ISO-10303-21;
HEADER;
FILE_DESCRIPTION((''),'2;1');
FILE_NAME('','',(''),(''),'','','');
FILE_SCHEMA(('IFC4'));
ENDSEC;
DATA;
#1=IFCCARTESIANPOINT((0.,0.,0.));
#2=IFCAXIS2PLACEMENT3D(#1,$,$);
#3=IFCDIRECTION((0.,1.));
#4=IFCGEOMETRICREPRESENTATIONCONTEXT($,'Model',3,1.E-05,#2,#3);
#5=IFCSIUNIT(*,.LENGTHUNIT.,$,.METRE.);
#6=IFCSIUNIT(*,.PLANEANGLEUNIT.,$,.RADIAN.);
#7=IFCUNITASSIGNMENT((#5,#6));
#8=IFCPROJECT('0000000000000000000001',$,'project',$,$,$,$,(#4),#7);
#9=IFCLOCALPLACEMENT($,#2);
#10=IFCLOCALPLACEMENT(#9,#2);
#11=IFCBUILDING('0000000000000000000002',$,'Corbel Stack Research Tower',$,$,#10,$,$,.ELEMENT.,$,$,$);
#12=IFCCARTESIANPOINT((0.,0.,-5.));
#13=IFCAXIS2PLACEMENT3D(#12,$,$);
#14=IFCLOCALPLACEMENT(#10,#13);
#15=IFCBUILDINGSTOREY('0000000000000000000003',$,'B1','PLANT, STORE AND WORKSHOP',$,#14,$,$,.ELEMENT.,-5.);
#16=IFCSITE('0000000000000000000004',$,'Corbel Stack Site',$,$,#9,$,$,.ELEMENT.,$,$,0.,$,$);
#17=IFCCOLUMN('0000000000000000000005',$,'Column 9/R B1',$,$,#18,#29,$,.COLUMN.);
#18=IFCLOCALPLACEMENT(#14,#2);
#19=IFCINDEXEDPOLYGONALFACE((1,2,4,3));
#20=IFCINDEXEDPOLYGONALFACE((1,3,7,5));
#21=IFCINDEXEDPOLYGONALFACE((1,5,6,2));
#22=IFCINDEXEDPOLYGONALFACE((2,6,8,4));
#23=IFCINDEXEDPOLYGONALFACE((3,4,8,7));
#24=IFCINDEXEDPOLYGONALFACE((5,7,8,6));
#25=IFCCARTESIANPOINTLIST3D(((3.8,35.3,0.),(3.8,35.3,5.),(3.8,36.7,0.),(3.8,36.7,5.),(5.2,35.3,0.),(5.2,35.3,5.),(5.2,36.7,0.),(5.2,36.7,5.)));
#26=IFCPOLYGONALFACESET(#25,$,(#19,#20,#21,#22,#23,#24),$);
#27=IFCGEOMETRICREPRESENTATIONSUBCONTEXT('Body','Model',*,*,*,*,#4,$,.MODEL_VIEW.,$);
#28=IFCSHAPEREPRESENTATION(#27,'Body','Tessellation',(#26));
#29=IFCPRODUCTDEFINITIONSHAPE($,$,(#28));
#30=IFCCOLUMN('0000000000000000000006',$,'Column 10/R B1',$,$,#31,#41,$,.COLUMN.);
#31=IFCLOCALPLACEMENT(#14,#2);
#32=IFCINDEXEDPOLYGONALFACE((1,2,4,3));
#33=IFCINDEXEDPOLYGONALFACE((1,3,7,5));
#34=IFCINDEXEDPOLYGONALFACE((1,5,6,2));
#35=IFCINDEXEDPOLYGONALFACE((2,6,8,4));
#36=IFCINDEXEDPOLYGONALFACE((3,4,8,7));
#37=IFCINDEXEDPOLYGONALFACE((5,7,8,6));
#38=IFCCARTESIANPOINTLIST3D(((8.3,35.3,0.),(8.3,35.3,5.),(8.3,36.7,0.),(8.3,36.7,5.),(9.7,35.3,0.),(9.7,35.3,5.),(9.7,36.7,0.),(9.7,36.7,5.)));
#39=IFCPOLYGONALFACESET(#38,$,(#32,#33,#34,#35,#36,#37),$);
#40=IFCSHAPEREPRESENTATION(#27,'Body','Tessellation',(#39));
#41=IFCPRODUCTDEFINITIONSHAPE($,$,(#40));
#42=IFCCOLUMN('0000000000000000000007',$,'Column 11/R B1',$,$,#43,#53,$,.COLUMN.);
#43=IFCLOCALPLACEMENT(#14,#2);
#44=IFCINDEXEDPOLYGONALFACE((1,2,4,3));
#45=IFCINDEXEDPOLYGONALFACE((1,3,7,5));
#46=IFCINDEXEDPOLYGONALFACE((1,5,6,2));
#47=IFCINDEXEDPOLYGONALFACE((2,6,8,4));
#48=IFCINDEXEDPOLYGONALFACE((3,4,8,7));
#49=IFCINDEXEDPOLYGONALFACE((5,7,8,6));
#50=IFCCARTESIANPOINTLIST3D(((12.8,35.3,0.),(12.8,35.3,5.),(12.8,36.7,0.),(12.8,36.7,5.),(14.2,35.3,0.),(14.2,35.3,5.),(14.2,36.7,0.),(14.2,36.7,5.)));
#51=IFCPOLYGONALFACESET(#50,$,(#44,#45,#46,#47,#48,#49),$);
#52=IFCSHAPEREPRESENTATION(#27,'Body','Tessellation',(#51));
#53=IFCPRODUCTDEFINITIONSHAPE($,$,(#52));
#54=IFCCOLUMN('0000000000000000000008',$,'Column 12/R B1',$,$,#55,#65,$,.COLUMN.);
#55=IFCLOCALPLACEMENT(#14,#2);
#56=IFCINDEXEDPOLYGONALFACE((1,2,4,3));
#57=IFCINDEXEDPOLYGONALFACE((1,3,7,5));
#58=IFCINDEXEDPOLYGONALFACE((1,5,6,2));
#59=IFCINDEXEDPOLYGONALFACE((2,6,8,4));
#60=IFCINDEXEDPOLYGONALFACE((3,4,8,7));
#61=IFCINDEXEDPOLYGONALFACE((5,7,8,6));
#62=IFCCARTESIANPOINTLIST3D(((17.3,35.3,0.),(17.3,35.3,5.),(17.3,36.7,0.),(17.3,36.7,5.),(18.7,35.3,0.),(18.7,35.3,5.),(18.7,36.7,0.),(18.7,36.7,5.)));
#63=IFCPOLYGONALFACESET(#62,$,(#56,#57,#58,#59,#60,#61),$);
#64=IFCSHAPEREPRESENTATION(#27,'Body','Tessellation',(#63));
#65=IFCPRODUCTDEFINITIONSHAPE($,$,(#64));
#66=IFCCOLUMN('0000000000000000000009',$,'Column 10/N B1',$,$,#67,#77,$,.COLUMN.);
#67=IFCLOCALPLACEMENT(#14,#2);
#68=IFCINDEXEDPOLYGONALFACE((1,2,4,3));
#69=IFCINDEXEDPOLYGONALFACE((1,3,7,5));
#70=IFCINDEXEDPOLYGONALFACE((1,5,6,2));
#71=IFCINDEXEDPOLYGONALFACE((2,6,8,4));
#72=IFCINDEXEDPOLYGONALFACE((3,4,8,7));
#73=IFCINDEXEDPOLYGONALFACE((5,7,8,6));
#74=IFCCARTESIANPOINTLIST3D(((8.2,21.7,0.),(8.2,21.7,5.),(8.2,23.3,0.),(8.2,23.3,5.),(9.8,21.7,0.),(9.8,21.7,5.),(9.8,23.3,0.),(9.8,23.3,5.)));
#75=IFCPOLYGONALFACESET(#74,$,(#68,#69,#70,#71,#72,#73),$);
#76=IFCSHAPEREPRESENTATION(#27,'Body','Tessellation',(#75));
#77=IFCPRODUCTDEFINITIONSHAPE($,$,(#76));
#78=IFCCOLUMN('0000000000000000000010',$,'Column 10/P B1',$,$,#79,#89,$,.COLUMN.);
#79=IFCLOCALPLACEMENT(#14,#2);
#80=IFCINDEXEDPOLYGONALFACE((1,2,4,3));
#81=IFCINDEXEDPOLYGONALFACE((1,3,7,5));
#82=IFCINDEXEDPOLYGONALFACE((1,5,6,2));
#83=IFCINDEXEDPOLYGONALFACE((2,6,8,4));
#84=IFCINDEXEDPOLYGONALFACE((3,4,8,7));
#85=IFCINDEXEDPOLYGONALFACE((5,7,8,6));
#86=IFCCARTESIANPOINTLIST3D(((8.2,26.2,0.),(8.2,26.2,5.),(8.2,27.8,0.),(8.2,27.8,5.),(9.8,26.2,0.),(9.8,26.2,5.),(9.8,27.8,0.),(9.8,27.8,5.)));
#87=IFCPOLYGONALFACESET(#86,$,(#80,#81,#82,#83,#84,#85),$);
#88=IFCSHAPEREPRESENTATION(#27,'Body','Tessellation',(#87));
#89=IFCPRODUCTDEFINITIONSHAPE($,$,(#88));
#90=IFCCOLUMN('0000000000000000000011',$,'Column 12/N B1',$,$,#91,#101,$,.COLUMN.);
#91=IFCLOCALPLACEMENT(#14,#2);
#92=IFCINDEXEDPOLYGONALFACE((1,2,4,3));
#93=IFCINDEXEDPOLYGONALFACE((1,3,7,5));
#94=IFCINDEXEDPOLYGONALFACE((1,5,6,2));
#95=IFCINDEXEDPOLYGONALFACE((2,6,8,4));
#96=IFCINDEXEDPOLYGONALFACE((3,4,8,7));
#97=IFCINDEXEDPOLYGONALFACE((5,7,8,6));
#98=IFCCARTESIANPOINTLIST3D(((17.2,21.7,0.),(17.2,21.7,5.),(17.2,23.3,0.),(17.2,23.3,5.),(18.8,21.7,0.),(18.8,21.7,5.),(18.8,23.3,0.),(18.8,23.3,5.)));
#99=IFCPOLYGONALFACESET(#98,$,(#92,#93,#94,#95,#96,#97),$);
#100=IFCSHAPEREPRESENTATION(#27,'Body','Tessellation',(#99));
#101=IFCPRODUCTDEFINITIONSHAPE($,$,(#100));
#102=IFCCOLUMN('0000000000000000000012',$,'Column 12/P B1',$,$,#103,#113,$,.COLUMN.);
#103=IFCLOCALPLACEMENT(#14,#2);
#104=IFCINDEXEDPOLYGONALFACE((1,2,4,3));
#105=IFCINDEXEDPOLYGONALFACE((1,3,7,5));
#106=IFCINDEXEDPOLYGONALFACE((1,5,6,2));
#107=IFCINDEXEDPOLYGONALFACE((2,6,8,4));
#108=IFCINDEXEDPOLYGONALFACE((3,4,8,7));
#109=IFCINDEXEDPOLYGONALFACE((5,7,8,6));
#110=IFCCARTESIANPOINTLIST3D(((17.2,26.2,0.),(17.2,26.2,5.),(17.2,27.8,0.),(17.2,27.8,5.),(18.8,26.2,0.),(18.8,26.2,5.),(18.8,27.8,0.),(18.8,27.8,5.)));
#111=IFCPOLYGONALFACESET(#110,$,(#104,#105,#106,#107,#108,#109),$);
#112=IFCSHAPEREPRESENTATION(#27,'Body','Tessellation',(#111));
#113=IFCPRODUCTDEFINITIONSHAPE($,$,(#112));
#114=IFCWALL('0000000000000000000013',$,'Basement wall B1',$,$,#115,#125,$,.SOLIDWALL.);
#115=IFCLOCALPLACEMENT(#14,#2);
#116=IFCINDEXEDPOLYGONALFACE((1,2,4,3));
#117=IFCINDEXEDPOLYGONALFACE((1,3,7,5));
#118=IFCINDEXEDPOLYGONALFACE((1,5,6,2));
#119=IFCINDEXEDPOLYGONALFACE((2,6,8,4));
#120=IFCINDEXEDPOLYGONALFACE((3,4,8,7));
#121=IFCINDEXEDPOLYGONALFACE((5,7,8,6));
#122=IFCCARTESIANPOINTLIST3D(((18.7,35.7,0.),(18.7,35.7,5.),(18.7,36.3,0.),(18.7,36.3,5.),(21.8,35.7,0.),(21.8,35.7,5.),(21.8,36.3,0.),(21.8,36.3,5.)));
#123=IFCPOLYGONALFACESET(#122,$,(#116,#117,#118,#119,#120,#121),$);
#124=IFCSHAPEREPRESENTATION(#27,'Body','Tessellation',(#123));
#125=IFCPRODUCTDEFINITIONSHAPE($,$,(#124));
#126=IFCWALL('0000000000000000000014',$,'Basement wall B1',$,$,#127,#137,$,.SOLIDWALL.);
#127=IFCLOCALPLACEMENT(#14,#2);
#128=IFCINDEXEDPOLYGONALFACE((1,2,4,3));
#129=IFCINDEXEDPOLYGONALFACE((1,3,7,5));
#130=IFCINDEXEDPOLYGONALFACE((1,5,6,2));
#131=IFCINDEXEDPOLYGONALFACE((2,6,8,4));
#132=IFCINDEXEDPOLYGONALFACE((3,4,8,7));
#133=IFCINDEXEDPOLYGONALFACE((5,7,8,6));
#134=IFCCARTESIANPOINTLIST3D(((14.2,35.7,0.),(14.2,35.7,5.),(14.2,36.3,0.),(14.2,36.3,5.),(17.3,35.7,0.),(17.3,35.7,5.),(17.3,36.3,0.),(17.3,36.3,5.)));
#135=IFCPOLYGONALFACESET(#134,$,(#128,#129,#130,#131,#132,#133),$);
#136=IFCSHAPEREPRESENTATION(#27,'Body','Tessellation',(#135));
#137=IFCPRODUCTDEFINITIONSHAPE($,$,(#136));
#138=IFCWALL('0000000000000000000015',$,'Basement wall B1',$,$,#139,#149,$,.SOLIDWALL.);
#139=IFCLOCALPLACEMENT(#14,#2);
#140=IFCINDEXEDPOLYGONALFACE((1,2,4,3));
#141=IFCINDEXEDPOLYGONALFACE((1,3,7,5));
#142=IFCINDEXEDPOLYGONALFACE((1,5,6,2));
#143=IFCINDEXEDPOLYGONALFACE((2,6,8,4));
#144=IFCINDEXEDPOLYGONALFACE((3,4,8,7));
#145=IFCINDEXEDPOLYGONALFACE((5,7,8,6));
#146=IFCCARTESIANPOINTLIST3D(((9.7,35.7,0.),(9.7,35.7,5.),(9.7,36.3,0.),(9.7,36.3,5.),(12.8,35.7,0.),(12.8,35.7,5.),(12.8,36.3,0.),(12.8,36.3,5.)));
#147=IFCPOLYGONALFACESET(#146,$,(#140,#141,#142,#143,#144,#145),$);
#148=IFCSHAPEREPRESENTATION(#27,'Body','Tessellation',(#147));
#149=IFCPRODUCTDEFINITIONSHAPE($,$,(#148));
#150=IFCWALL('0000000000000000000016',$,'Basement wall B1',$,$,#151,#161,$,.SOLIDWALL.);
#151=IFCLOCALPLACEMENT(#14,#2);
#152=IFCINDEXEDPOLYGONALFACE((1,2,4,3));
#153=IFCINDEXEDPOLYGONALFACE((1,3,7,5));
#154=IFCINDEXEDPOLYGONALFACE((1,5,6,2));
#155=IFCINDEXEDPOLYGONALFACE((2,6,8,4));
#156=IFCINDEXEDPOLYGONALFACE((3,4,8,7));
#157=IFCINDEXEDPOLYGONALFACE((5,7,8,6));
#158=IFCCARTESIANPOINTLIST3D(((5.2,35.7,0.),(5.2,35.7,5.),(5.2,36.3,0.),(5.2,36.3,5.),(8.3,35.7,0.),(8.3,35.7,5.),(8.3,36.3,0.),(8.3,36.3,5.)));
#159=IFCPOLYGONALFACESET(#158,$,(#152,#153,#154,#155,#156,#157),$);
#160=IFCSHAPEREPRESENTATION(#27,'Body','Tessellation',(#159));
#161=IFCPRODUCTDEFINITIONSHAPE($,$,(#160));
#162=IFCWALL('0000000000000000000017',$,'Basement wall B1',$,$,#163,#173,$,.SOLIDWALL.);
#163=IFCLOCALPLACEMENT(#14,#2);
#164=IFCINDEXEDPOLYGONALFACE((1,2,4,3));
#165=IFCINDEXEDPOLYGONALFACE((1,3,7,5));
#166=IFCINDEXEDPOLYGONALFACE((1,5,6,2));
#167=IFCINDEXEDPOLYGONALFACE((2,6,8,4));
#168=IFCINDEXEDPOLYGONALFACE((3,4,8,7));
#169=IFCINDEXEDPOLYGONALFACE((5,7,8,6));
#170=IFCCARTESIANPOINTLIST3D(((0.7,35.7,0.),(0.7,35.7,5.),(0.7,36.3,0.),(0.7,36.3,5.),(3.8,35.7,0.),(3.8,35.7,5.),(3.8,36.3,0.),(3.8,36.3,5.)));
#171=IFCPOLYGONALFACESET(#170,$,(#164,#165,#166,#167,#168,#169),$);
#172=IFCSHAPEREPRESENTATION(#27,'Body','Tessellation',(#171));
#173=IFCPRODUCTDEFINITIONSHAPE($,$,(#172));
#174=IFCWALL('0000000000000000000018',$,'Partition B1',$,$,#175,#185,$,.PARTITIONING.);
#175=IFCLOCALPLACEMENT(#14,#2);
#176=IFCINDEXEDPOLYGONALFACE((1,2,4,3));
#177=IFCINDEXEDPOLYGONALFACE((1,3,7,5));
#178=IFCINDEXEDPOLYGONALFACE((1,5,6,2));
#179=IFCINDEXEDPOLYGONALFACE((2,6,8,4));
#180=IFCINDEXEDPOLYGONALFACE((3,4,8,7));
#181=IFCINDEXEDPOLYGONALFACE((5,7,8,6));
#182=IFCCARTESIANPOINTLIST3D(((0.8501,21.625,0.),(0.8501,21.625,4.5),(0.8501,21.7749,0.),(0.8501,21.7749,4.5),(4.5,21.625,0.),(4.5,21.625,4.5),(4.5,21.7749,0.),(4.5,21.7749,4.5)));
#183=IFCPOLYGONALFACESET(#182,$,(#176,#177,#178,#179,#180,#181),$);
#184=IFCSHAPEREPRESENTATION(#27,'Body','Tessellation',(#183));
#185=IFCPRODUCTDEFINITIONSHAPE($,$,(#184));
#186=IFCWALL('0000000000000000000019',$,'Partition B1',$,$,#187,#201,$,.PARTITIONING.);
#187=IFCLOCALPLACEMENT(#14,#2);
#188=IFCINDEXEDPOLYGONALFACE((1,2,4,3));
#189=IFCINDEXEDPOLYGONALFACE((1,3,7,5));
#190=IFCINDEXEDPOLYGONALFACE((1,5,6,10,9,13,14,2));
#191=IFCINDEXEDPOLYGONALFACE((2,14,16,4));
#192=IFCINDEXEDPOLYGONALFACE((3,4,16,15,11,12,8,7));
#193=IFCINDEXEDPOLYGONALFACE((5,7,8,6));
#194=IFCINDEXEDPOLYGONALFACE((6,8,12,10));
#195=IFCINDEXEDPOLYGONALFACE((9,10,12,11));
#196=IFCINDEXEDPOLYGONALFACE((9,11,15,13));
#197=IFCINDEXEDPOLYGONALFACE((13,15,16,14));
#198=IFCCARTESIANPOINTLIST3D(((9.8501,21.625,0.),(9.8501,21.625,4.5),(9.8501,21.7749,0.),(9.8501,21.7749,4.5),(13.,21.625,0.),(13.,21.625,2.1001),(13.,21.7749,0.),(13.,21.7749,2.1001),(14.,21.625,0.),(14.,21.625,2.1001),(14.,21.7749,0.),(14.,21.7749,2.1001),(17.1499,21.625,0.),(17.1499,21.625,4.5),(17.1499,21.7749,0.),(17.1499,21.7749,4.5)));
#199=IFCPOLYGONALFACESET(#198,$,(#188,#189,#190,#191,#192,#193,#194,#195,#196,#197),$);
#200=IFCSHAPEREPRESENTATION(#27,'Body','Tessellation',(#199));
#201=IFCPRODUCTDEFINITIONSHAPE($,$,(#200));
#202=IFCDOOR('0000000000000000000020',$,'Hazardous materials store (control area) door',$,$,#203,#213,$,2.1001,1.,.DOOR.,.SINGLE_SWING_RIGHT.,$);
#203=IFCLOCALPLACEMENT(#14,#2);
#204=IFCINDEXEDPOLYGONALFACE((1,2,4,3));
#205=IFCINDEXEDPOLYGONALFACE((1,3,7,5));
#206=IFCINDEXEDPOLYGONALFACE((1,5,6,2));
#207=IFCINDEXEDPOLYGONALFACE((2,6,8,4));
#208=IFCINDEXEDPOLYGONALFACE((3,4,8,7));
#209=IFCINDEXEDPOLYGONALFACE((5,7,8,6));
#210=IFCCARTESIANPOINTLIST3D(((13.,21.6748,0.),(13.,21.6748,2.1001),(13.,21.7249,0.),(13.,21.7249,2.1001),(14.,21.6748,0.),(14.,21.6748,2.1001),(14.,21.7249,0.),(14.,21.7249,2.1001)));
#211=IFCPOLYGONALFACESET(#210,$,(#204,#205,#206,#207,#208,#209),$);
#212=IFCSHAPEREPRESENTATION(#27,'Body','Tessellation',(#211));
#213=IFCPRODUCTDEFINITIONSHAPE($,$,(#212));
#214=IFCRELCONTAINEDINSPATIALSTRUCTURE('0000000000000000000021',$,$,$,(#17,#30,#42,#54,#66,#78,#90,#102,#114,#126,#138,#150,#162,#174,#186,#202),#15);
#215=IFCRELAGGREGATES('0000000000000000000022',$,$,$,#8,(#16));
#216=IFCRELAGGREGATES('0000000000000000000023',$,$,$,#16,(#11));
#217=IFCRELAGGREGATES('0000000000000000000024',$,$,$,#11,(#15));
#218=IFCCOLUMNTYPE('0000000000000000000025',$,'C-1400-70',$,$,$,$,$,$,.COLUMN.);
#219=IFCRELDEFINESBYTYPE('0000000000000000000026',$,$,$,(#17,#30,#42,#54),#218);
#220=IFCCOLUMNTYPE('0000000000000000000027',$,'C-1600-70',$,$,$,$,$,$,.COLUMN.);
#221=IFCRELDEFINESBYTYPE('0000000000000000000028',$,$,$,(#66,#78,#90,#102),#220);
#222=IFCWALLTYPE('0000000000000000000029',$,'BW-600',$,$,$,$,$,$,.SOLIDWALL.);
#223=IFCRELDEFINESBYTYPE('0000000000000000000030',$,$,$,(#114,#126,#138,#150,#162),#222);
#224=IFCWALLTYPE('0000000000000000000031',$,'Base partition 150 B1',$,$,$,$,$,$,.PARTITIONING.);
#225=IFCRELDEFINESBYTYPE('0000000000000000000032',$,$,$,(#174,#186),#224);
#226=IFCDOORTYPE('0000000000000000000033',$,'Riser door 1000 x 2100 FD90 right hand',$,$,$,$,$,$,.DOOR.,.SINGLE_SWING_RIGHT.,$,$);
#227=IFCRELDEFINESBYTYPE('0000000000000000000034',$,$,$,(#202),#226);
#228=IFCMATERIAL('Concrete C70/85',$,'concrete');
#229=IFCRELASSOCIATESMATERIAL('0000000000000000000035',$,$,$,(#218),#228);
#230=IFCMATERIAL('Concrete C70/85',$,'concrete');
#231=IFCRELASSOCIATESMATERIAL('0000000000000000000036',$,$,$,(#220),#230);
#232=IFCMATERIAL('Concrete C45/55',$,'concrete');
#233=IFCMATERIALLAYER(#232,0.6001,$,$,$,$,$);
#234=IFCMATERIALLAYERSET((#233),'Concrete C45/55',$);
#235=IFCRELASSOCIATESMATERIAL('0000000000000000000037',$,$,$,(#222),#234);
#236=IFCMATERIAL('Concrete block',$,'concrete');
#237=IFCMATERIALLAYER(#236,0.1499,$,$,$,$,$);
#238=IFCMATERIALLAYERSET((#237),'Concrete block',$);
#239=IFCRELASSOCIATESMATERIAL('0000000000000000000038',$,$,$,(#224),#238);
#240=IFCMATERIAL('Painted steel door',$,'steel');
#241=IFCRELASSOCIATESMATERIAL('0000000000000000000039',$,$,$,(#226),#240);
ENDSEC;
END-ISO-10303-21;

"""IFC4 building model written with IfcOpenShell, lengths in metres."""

from ifc_helpers import new_model, si_unit, direction, frame, frame_2d, origin, origin_2d, place, context, subcontext, project, spatial, rectangle, extrude, material, layer, layer_set, material_profile, profile_set, type_object, element, fill, save


model = new_model("IFC4")

# Units and contexts
model_context = context("Model", 3, precision=1e-05, world=origin(), true_north=direction((0.0, 1.0)))
body_context = subcontext(model_context, "Body", "Model", "MODEL_VIEW")
ifc_project = project(units=[si_unit("LENGTHUNIT", "METRE"), si_unit("PLANEANGLEUNIT", "RADIAN")], contexts=[model_context])

# Site, building, storey
site_placement = place(None, origin())
site = spatial("IfcSite", under=ifc_project, at=site_placement, Name="Corbel Stack Site", CompositionType="ELEMENT", RefElevation=0.0)
building_placement = place(site_placement, origin())
building = spatial("IfcBuilding", under=site, at=building_placement, Name="Corbel Stack Research Tower", CompositionType="ELEMENT")
storey_placement = place(building_placement, frame((0.0, 0.0, -5.0)))
storey = spatial("IfcBuildingStorey", under=building, at=storey_placement, Name="B1", Description="PLANT, STORE AND WORKSHOP", CompositionType="ELEMENT", Elevation=-5.0)

# Columns
ifc_material_1 = material(Name="Concrete C70/85", Category="concrete")
ifc_material_profile_1 = material_profile(ifc_material_1, rectangle(XDim=1.3999, YDim=1.3999, at=origin_2d()), Name="RC 1400 x 1400")
ifc_profile_set_1 = profile_set([ifc_material_profile_1], Name="Concrete C70/85")
column_type_1 = type_object("IfcColumnType", Name="C-1400-70", PredefinedType="COLUMN", material=ifc_profile_set_1)
for number, where, z_axis, x_axis, name in (
    (1, (4.5, 36.0, 0.0), (0.0, 0.0, 1.0), (1.0, 0.0, 0.0), "Column 9/R B1"),
    (2, (9.0, 36.0, 0.0), (0.0, 0.0, 1.0), (1.0, 0.0, 0.0), "Column 10/R B1"),
    (3, (13.5, 36.0, 0.0), (0.0, 0.0, 1.0), (1.0, 0.0, 0.0), "Column 11/R B1"),
    (4, (18.0, 36.0, 0.0), (0.0, 0.0, 1.0), (1.0, 0.0, 0.0), "Column 12/R B1"),
):
    element("IfcColumn", number, at=place(storey_placement, frame(where, z_axis=z_axis, x_axis=x_axis)), inside=storey, type_object=column_type_1, Name=name, PredefinedType="COLUMN", context=body_context, shape_type="SweptSolid", body=[
        extrude(rectangle(XDim=1.3999, YDim=1.3999, at=origin_2d()), origin(), (0.0, 0.0, 1.0), 5.0),
    ])
ifc_material_2 = material(Name="Concrete C70/85", Category="concrete")
ifc_material_profile_2 = material_profile(ifc_material_2, rectangle(XDim=1.6001, YDim=1.6001, at=origin_2d()), Name="RC 1600 x 1600")
ifc_profile_set_2 = profile_set([ifc_material_profile_2], Name="Concrete C70/85")
column_type_2 = type_object("IfcColumnType", Name="C-1600-70", PredefinedType="COLUMN", material=ifc_profile_set_2)
for number, where, z_axis, x_axis, name in (
    (5, (9.0, 22.5, 0.0), (0.0, 0.0, 1.0), (1.0, 0.0, 0.0), "Column 10/N B1"),
    (6, (9.0, 27.0, 0.0), (0.0, 0.0, 1.0), (1.0, 0.0, 0.0), "Column 10/P B1"),
    (7, (18.0, 22.5, 0.0), (0.0, 0.0, 1.0), (1.0, 0.0, 0.0), "Column 12/N B1"),
    (8, (18.0, 27.0, 0.0), (0.0, 0.0, 1.0), (1.0, 0.0, 0.0), "Column 12/P B1"),
):
    element("IfcColumn", number, at=place(storey_placement, frame(where, z_axis=z_axis, x_axis=x_axis)), inside=storey, type_object=column_type_2, Name=name, PredefinedType="COLUMN", context=body_context, shape_type="SweptSolid", body=[
        extrude(rectangle(XDim=1.6001, YDim=1.6001, at=origin_2d()), origin(), (0.0, 0.0, 1.0), 5.0),
    ])

# Walls
ifc_material_3 = material(Name="Concrete C45/55", Category="concrete")
ifc_layer_1 = layer(ifc_material_3, 0.6001)
ifc_layer_set_1 = layer_set([ifc_layer_1], Name="Concrete C45/55")
wall_type_1 = type_object("IfcWallType", Name="BW-600", PredefinedType="SOLIDWALL", material=ifc_layer_set_1)
for number, where, z_axis, x_axis, name in (
    (9, (21.8, 36.0, 0.0), (0.0, 0.0, 1.0), (-1.0, 0.0, 0.0), "Basement wall B1"),
    (10, (17.3, 36.0, 0.0), (0.0, 0.0, 1.0), (-1.0, 0.0, 0.0), "Basement wall B1"),
    (11, (12.8, 36.0, 0.0), (0.0, 0.0, 1.0), (-1.0, 0.0, 0.0), "Basement wall B1"),
    (12, (8.3, 36.0, 0.0), (0.0, 0.0, 1.0), (-1.0, 0.0, 0.0), "Basement wall B1"),
    (13, (3.8, 36.0, 0.0), (0.0, 0.0, 1.0), (-1.0, 0.0, 0.0), "Basement wall B1"),
):
    element("IfcWall", number, at=place(storey_placement, frame(where, z_axis=z_axis, x_axis=x_axis)), inside=storey, type_object=wall_type_1, Name=name, PredefinedType="SOLIDWALL", context=body_context, shape_type="SweptSolid", body=[
        extrude(rectangle(XDim=3.1001, YDim=0.6001, at=frame_2d((1.55, 0.0))), origin(), (0.0, 0.0, 1.0), 5.0),
    ])
ifc_material_4 = material(Name="Concrete block", Category="concrete")
ifc_layer_2 = layer(ifc_material_4, 0.1499)
ifc_layer_set_2 = layer_set([ifc_layer_2], Name="Concrete block")
wall_type_2 = type_object("IfcWallType", Name="Base partition 150 B1", PredefinedType="PARTITIONING", material=ifc_layer_set_2)
wall_1_placement = place(storey_placement, frame((0.8501, 21.7, 0.0), z_axis=(0.0, 0.0, 1.0), x_axis=(1.0, 0.0, 0.0)))
element("IfcWall", 14, at=wall_1_placement, inside=storey, type_object=wall_type_2, Name="Partition B1", PredefinedType="PARTITIONING", context=body_context, shape_type="SweptSolid", body=[
    extrude(rectangle(XDim=3.6499, YDim=0.1499, at=frame_2d((1.825, 0.0))), origin(), (0.0, 0.0, 1.0), 4.5),
])

# Wall, opening, door
wall_2_placement = place(storey_placement, frame((9.8501, 21.7, 0.0), z_axis=(0.0, 0.0, 1.0), x_axis=(1.0, 0.0, 0.0)))
wall_2 = element("IfcWall", 15, at=wall_2_placement, inside=storey, type_object=wall_type_2, Name="Partition B1", PredefinedType="PARTITIONING", context=body_context, shape_type="SweptSolid", body=[
    extrude(rectangle(XDim=7.2998, YDim=0.1499, at=frame_2d((3.6499, 0.0))), origin(), (0.0, 0.0, 1.0), 4.5),
])
opening_placement = place(wall_2_placement, frame((3.1499, 0.0, 0.0)))
opening = element("IfcOpeningElement", 16, at=opening_placement, cuts=wall_2, PredefinedType="OPENING", context=body_context, shape_type="SweptSolid", body=[
    extrude(rectangle(XDim=1.0, YDim=2.1001, at=frame_2d((0.5, 1.05))), frame((0.0, 0.085, 0.0), z_axis=(0.0, -1.0, 0.0), x_axis=(1.0, 0.0, 0.0)), (0.0, 0.0, 1.0), 0.1699),
])
ifc_material_5 = material(Name="Painted steel door", Category="steel")
door_type = type_object("IfcDoorType", Name="Riser door 1000 x 2100 FD90 right hand", OperationType="SINGLE_SWING_RIGHT", PredefinedType="DOOR", material=ifc_material_5)
door_placement = place(opening_placement, origin())
door = element("IfcDoor", 17, at=door_placement, inside=storey, type_object=door_type, Name="Hazardous materials store (control area) door", OperationType="SINGLE_SWING_RIGHT", OverallHeight=2.1001, OverallWidth=1.0, PredefinedType="DOOR", context=body_context, shape_type="SweptSolid", body=[
    extrude(rectangle(XDim=1.0, YDim=2.1001, at=frame_2d((0.5, 1.05))), frame((0.0, 0.0249, 0.0), z_axis=(0.0, -1.0, 0.0), x_axis=(1.0, 0.0, 0.0)), (0.0, 0.0, 1.0), 0.05),
])
fill(opening, door)

save(model, "model.ifc")
